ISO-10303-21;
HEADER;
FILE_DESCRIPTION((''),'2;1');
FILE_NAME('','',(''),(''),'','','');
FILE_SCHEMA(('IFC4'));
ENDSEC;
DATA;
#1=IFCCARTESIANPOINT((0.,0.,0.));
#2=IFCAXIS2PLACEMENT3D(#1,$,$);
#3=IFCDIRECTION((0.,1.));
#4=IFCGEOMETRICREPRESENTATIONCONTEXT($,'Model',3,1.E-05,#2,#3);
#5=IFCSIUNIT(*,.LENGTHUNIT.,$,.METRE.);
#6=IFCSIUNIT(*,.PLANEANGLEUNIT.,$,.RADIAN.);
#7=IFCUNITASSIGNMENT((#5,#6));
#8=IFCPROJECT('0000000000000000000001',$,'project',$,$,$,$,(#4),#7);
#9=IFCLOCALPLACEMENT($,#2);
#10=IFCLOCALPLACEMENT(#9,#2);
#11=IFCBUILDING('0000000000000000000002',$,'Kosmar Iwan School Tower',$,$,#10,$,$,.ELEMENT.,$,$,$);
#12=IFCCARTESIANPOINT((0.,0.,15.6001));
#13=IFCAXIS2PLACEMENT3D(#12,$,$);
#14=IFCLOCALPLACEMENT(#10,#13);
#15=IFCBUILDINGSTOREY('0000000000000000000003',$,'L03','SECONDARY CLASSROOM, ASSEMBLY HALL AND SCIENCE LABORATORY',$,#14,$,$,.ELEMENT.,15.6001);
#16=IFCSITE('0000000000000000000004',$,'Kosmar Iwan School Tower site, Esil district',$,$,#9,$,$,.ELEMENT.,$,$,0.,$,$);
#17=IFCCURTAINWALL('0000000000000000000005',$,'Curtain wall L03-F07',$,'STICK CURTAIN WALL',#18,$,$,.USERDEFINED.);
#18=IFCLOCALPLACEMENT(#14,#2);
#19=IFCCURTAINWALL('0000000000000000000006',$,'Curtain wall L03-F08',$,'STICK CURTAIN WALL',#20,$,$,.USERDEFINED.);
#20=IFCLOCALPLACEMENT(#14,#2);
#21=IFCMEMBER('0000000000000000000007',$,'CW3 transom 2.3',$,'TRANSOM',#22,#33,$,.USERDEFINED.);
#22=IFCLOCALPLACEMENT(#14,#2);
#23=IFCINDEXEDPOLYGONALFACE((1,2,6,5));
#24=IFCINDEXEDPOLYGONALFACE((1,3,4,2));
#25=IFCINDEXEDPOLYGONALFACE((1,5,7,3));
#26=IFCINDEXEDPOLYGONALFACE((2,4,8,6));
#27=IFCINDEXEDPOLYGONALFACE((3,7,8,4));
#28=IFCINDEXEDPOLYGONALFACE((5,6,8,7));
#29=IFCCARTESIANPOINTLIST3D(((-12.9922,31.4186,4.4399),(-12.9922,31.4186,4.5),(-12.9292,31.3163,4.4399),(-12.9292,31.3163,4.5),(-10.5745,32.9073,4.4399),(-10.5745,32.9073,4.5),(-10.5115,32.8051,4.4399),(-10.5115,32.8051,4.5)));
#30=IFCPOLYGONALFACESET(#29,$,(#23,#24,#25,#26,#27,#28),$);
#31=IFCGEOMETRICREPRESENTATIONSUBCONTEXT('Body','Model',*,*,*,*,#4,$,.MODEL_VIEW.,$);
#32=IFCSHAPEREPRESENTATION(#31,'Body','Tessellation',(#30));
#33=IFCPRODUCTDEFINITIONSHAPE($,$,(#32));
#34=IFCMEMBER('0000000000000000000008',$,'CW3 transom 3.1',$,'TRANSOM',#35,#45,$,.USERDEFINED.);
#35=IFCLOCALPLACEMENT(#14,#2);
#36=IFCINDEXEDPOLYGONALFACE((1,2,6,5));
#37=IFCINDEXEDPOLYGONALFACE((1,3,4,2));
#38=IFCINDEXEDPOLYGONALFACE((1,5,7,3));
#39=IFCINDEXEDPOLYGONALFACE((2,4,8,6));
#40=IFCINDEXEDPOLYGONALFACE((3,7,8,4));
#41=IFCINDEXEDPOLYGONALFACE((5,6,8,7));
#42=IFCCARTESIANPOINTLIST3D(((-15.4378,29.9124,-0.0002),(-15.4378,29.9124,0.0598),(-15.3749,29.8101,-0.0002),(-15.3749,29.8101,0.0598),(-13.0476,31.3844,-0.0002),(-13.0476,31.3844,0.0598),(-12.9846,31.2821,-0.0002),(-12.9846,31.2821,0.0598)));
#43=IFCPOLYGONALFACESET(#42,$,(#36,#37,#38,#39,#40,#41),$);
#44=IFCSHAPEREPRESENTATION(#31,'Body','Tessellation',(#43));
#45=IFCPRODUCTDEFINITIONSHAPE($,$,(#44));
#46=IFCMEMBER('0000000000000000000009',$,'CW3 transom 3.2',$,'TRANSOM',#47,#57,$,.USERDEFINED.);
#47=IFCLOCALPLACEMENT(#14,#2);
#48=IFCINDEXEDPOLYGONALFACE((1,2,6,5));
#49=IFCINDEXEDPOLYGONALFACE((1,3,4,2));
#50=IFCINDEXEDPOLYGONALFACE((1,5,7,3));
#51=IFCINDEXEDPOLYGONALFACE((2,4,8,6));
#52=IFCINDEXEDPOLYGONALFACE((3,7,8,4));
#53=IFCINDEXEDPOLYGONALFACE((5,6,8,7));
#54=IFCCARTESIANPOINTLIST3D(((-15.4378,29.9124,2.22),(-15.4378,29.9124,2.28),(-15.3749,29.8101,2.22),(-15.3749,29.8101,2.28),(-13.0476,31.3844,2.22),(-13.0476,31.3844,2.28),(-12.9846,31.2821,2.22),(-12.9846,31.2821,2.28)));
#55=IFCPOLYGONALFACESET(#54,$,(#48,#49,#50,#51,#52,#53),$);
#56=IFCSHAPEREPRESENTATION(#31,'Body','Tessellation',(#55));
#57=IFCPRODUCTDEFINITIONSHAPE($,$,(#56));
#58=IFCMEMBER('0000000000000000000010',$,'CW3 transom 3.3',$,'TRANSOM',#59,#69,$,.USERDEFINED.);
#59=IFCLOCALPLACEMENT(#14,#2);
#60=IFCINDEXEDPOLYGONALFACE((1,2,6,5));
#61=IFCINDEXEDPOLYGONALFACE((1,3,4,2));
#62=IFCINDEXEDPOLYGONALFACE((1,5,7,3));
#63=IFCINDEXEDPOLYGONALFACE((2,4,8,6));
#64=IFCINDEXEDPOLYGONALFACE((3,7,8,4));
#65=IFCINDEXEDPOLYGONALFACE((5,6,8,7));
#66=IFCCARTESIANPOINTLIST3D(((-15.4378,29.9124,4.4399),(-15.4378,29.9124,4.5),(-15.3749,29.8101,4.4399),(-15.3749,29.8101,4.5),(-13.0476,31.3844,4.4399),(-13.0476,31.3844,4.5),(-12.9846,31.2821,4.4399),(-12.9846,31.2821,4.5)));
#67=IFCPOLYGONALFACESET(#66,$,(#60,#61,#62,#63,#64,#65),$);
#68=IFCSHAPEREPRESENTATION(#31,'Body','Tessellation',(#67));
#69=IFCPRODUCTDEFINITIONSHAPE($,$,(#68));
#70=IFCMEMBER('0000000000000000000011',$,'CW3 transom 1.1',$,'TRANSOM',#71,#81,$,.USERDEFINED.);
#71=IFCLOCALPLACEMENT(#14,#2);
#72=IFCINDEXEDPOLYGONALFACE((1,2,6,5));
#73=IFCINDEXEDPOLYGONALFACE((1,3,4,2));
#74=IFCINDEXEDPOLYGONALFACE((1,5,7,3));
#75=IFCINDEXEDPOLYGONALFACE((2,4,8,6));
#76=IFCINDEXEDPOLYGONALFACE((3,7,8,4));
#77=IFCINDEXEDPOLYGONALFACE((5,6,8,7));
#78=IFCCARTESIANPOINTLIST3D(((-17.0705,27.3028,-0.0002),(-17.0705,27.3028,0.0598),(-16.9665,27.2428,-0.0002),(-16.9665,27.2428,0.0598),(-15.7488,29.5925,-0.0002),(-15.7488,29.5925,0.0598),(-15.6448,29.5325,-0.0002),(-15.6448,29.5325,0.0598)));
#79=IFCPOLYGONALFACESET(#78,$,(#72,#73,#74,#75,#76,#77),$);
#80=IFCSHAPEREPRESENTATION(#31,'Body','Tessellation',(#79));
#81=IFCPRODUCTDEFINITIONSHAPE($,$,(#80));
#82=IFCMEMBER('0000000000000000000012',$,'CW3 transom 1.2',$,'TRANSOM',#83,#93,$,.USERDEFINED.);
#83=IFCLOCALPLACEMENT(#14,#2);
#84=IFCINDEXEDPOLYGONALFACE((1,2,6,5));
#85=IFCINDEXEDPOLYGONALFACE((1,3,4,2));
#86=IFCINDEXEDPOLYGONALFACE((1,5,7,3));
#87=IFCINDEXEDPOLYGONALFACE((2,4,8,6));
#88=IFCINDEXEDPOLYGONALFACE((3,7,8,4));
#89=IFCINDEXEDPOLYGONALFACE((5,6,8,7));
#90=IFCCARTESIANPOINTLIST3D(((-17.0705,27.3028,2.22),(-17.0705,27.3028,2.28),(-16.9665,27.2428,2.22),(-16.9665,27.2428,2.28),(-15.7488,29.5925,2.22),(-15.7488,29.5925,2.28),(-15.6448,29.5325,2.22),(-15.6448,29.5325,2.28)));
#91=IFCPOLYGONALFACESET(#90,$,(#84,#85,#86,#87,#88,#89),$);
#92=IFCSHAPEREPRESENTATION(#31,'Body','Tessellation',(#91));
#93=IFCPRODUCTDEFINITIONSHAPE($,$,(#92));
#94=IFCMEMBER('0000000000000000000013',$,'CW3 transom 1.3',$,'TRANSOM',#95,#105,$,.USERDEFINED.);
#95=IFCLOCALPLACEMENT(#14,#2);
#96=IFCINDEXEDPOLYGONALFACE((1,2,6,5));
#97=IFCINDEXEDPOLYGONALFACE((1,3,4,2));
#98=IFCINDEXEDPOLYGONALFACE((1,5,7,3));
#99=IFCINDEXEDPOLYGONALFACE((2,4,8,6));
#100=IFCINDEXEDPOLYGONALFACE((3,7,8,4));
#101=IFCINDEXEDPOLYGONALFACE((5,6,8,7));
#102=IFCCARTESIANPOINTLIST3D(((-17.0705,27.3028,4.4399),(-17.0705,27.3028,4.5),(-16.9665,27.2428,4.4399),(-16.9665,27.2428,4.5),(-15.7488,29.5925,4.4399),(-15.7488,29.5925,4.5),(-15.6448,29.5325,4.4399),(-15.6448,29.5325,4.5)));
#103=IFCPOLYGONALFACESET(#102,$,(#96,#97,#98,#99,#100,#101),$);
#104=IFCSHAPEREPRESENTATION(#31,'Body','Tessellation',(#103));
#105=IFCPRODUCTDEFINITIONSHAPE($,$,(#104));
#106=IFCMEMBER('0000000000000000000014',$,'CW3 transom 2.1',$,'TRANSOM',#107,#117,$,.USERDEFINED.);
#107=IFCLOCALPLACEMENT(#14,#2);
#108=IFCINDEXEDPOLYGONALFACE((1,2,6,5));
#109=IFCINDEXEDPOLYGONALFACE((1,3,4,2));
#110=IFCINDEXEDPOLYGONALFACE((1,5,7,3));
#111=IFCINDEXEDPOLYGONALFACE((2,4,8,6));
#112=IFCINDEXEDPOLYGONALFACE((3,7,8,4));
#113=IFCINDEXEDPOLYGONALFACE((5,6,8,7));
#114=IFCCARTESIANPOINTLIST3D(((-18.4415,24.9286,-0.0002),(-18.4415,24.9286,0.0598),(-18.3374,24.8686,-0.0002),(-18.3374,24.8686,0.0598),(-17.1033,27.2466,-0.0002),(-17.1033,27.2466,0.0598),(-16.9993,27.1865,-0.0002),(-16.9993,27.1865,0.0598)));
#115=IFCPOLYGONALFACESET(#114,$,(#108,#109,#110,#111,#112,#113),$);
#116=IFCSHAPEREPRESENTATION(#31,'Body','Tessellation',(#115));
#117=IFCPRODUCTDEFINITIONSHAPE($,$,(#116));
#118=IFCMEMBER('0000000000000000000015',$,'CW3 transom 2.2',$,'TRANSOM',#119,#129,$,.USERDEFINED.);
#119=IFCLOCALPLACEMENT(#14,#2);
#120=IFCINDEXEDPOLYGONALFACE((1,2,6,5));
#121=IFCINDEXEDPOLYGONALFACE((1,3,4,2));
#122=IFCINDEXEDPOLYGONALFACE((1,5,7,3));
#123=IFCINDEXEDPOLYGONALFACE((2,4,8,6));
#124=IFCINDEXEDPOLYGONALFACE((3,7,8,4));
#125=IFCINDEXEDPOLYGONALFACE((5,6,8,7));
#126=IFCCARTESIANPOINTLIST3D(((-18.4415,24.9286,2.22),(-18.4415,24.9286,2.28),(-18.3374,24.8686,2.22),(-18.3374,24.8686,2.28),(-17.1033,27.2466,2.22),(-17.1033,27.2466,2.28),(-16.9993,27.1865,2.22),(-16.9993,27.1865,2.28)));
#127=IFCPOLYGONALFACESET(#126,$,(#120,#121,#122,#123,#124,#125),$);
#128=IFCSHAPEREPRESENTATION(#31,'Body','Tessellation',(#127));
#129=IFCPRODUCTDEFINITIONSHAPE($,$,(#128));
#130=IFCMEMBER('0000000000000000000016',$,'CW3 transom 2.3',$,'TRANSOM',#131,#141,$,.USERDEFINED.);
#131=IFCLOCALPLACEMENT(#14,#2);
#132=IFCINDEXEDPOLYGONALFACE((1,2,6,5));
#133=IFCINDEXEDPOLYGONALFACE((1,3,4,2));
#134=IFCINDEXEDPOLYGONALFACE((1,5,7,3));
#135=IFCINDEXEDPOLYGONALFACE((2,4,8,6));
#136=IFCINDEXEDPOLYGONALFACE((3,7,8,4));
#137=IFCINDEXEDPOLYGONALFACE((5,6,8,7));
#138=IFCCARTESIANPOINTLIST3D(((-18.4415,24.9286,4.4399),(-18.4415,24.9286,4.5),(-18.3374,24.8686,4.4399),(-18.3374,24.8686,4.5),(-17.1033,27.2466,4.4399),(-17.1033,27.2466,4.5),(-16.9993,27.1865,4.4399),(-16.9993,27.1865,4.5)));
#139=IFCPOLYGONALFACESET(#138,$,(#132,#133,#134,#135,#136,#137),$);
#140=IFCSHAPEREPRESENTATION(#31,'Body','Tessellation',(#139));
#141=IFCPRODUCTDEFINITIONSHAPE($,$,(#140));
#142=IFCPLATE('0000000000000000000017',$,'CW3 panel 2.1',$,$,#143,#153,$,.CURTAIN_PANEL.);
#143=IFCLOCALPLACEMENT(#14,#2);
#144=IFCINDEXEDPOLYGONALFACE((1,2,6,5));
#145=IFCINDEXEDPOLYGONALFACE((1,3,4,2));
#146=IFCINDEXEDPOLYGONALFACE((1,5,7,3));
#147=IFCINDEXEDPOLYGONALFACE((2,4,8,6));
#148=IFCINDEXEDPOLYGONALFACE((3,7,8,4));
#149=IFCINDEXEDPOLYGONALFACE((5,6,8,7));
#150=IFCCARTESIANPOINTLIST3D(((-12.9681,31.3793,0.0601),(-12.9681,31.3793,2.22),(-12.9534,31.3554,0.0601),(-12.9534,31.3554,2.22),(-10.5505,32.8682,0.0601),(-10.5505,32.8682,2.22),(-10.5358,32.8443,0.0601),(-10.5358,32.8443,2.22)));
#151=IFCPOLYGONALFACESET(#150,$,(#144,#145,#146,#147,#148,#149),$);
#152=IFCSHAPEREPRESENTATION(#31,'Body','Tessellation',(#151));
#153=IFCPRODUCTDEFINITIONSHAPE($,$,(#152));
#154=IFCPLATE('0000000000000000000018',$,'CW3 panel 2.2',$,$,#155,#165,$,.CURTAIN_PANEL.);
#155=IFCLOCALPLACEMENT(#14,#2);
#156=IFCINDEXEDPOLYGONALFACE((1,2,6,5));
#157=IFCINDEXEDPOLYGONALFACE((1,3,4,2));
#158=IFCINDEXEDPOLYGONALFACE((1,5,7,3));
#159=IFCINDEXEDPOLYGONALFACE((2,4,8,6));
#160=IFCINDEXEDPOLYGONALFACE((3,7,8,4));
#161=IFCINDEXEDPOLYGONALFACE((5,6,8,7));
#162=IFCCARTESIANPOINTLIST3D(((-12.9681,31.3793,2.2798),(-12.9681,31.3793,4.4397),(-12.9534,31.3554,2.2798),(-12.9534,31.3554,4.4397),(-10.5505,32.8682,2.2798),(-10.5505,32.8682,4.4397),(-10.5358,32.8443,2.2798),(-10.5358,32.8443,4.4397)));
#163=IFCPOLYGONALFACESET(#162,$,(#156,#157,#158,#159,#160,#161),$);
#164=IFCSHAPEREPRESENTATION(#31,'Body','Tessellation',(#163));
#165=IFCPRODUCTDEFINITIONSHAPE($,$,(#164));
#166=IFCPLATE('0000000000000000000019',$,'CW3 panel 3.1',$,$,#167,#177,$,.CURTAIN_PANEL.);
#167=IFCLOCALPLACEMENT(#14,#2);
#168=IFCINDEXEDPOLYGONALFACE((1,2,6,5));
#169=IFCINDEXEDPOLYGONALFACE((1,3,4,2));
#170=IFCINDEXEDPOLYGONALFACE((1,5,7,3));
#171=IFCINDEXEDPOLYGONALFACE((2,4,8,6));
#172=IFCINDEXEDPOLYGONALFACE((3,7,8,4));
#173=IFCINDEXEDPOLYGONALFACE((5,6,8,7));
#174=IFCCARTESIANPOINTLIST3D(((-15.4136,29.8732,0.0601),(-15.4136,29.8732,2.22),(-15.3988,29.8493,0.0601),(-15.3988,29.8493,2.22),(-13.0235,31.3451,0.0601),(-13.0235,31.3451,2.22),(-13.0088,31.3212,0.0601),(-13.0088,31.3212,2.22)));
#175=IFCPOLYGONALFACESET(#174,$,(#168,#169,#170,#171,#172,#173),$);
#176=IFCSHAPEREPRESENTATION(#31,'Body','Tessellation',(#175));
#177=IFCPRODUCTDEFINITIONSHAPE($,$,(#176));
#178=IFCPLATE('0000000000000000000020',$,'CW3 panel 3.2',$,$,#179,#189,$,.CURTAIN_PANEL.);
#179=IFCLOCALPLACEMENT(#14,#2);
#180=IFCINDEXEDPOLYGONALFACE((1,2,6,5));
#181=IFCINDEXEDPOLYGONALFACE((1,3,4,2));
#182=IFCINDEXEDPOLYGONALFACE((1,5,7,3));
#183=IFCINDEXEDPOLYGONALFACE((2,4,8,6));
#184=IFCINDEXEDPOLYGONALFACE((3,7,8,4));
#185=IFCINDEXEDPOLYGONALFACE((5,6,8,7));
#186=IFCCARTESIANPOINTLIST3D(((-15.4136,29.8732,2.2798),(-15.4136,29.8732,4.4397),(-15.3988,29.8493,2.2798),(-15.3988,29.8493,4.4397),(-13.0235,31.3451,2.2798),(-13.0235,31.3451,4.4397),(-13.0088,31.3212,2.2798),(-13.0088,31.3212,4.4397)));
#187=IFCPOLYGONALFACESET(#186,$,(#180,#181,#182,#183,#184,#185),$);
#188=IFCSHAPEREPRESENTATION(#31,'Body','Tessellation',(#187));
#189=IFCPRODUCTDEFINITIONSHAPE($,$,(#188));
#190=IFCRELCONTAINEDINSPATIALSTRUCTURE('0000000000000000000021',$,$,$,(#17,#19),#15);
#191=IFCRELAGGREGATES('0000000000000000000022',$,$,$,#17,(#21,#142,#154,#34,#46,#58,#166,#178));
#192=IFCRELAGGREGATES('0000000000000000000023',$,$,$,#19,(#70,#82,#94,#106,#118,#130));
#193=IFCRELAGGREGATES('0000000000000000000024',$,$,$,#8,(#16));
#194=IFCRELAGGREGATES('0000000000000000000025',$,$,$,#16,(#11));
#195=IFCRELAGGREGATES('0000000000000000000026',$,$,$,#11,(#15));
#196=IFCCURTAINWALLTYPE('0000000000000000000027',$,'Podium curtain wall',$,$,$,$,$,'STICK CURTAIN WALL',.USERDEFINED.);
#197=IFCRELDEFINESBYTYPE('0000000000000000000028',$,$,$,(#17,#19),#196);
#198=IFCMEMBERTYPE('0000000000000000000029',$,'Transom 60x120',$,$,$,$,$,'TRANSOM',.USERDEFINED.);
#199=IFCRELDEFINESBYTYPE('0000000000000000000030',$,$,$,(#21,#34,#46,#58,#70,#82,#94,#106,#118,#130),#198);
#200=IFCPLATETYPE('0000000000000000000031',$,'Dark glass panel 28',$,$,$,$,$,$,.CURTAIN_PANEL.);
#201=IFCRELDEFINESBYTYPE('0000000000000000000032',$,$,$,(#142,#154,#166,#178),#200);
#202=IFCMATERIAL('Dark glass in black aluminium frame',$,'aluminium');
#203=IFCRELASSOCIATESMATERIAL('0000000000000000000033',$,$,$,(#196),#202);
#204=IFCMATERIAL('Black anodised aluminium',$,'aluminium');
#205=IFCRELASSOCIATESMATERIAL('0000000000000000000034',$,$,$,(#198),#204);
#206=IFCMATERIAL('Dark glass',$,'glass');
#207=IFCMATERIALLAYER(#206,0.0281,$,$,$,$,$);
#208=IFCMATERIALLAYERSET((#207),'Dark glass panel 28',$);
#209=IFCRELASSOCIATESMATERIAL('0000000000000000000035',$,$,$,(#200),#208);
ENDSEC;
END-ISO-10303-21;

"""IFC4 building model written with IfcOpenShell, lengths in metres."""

from ifc_helpers import new_model, si_unit, direction, frame, origin, origin_2d, place, context, subcontext, project, spatial, rectangle, extrude, material, layer, layer_set, material_profile, profile_set, type_object, element, aggregate, save


model = new_model("IFC4")

# Units and contexts
model_context = context("Model", 3, precision=1e-05, world=origin(), true_north=direction((0.0, 1.0)))
body_context = subcontext(model_context, "Body", "Model", "MODEL_VIEW")
ifc_project = project(units=[si_unit("LENGTHUNIT", "METRE"), si_unit("PLANEANGLEUNIT", "RADIAN")], contexts=[model_context])

# Site, building, storey
site_placement = place(None, origin())
site = spatial("IfcSite", under=ifc_project, at=site_placement, Name="Kosmar Iwan School Tower site, Esil district", CompositionType="ELEMENT", RefElevation=0.0)
building_placement = place(site_placement, origin())
building = spatial("IfcBuilding", under=site, at=building_placement, Name="Kosmar Iwan School Tower", CompositionType="ELEMENT")
storey_placement = place(building_placement, frame((0.0, 0.0, 15.6001)))
storey = spatial("IfcBuildingStorey", under=building, at=storey_placement, Name="L03", Description="SECONDARY CLASSROOM, ASSEMBLY HALL AND SCIENCE LABORATORY", CompositionType="ELEMENT", Elevation=15.6001)

# Curtain walls
ifc_material_1 = material(Name="Dark glass in black aluminium frame", Category="aluminium")
curtain_wall_type = type_object("IfcCurtainWallType", Name="Podium curtain wall", ElementType="STICK CURTAIN WALL", PredefinedType="USERDEFINED", material=ifc_material_1)
curtain_wall_1_placement = place(storey_placement, origin())
curtain_wall_1 = element("IfcCurtainWall", 1, at=curtain_wall_1_placement, inside=storey, type_object=curtain_wall_type, Name="Curtain wall L03-F07", ObjectType="STICK CURTAIN WALL", PredefinedType="USERDEFINED")
curtain_wall_2_placement = place(storey_placement, origin())
curtain_wall_2 = element("IfcCurtainWall", 2, at=curtain_wall_2_placement, inside=storey, type_object=curtain_wall_type, Name="Curtain wall L03-F08", ObjectType="STICK CURTAIN WALL", PredefinedType="USERDEFINED")

# Members
ifc_material_2 = material(Name="Black anodised aluminium", Category="aluminium")
ifc_material_profile_1 = material_profile(ifc_material_2, rectangle(XDim=0.1201, YDim=0.0601, at=origin_2d()), Name="TRANSOM 60x120")
ifc_profile_set_1 = profile_set([ifc_material_profile_1], Name="Black anodised aluminium")
member_type_1 = type_object("IfcMemberType", Name="Transom 60x120", ElementType="TRANSOM", PredefinedType="USERDEFINED", material=ifc_profile_set_1)
member_1_placement = place(storey_placement, frame((-10.543, 32.8562, 4.47), z_axis=(-0.851511, -0.524337, 0.0), x_axis=(0.524337, -0.851511, 0.0)))
member_1 = element("IfcMember", 3, at=member_1_placement, type_object=member_type_1, Name="CW3 transom 2.3", ObjectType="TRANSOM", PredefinedType="USERDEFINED", context=body_context, shape_type="SweptSolid", body=[
    extrude(rectangle(XDim=0.1201, YDim=0.0601, at=origin_2d()), origin(), (0.0, 0.0, 1.0), 2.8394),
])
member_2_placement = place(storey_placement, frame((-13.0161, 31.3333, 0.0298), z_axis=(-0.851488, -0.524374, 0.0), x_axis=(0.524374, -0.851488, 0.0)))
member_2 = element("IfcMember", 4, at=member_2_placement, type_object=member_type_1, Name="CW3 transom 3.1", ObjectType="TRANSOM", PredefinedType="USERDEFINED", context=body_context, shape_type="SweptSolid", body=[
    extrude(rectangle(XDim=0.1201, YDim=0.0601, at=origin_2d()), origin(), (0.0, 0.0, 1.0), 2.8071),
])
member_3_placement = place(storey_placement, frame((-13.0161, 31.3333, 2.25), z_axis=(-0.851488, -0.524374, 0.0), x_axis=(0.524374, -0.851488, 0.0)))
member_3 = element("IfcMember", 5, at=member_3_placement, type_object=member_type_1, Name="CW3 transom 3.2", ObjectType="TRANSOM", PredefinedType="USERDEFINED", context=body_context, shape_type="SweptSolid", body=[
    extrude(rectangle(XDim=0.1201, YDim=0.0601, at=origin_2d()), origin(), (0.0, 0.0, 1.0), 2.8071),
])
member_4_placement = place(storey_placement, frame((-13.0161, 31.3333, 4.47), z_axis=(-0.851488, -0.524374, 0.0), x_axis=(0.524374, -0.851488, 0.0)))
member_4 = element("IfcMember", 6, at=member_4_placement, type_object=member_type_1, Name="CW3 transom 3.3", ObjectType="TRANSOM", PredefinedType="USERDEFINED", context=body_context, shape_type="SweptSolid", body=[
    extrude(rectangle(XDim=0.1201, YDim=0.0601, at=origin_2d()), origin(), (0.0, 0.0, 1.0), 2.8071),
])
member_5_placement = place(storey_placement, frame((-15.6968, 29.5625, 0.0298), z_axis=(-0.499933, -0.866064, 0.0), x_axis=(0.866064, -0.499933, 0.0)))
member_5 = element("IfcMember", 7, at=member_5_placement, type_object=member_type_1, Name="CW3 transom 1.1", ObjectType="TRANSOM", PredefinedType="USERDEFINED", context=body_context, shape_type="SweptSolid", body=[
    extrude(rectangle(XDim=0.1201, YDim=0.0601, at=origin_2d()), origin(), (0.0, 0.0, 1.0), 2.6438),
])
member_6_placement = place(storey_placement, frame((-15.6968, 29.5625, 2.25), z_axis=(-0.499933, -0.866064, 0.0), x_axis=(0.866064, -0.499933, 0.0)))
member_6 = element("IfcMember", 8, at=member_6_placement, type_object=member_type_1, Name="CW3 transom 1.2", ObjectType="TRANSOM", PredefinedType="USERDEFINED", context=body_context, shape_type="SweptSolid", body=[
    extrude(rectangle(XDim=0.1201, YDim=0.0601, at=origin_2d()), origin(), (0.0, 0.0, 1.0), 2.6438),
])
member_7_placement = place(storey_placement, frame((-15.6968, 29.5625, 4.47), z_axis=(-0.499933, -0.866064, 0.0), x_axis=(0.866064, -0.499933, 0.0)))
member_7 = element("IfcMember", 9, at=member_7_placement, type_object=member_type_1, Name="CW3 transom 1.3", ObjectType="TRANSOM", PredefinedType="USERDEFINED", context=body_context, shape_type="SweptSolid", body=[
    extrude(rectangle(XDim=0.1201, YDim=0.0601, at=origin_2d()), origin(), (0.0, 0.0, 1.0), 2.6438),
])
member_8_placement = place(storey_placement, frame((-17.0513, 27.2166, 0.0298), z_axis=(-0.499975, -0.86604, 0.0), x_axis=(0.86604, -0.499975, 0.0)))
member_8 = element("IfcMember", 10, at=member_8_placement, type_object=member_type_1, Name="CW3 transom 2.1", ObjectType="TRANSOM", PredefinedType="USERDEFINED", context=body_context, shape_type="SweptSolid", body=[
    extrude(rectangle(XDim=0.1201, YDim=0.0601, at=origin_2d()), origin(), (0.0, 0.0, 1.0), 2.6765),
])
member_9_placement = place(storey_placement, frame((-17.0513, 27.2166, 2.25), z_axis=(-0.499975, -0.86604, 0.0), x_axis=(0.86604, -0.499975, 0.0)))
member_9 = element("IfcMember", 11, at=member_9_placement, type_object=member_type_1, Name="CW3 transom 2.2", ObjectType="TRANSOM", PredefinedType="USERDEFINED", context=body_context, shape_type="SweptSolid", body=[
    extrude(rectangle(XDim=0.1201, YDim=0.0601, at=origin_2d()), origin(), (0.0, 0.0, 1.0), 2.6765),
])
member_10_placement = place(storey_placement, frame((-17.0513, 27.2166, 4.47), z_axis=(-0.499975, -0.86604, 0.0), x_axis=(0.86604, -0.499975, 0.0)))
member_10 = element("IfcMember", 12, at=member_10_placement, type_object=member_type_1, Name="CW3 transom 2.3", ObjectType="TRANSOM", PredefinedType="USERDEFINED", context=body_context, shape_type="SweptSolid", body=[
    extrude(rectangle(XDim=0.1201, YDim=0.0601, at=origin_2d()), origin(), (0.0, 0.0, 1.0), 2.6765),
])

# Plates
ifc_material_3 = material(Name="Dark glass", Category="glass")
ifc_layer_1 = layer(ifc_material_3, 0.0281)
ifc_layer_set_1 = layer_set([ifc_layer_1], Name="Dark glass panel 28")
plate_type = type_object("IfcPlateType", Name="Dark glass panel 28", PredefinedType="CURTAIN_PANEL", material=ifc_layer_set_1)
plate_1_placement = place(storey_placement, frame((-11.752, 32.1118, 0.0601), z_axis=(0.0, 0.0, 1.0), x_axis=(-0.851483, -0.524382, 0.0)))
plate_1 = element("IfcPlate", 13, at=plate_1_placement, type_object=plate_type, Name="CW3 panel 2.1", PredefinedType="CURTAIN_PANEL", context=body_context, shape_type="SweptSolid", body=[
    extrude(rectangle(XDim=2.8394, YDim=0.0281, at=origin_2d()), origin(), (0.0, 0.0, 1.0), 2.1599),
])
plate_2_placement = place(storey_placement, frame((-11.752, 32.1118, 2.2798), z_axis=(0.0, 0.0, 1.0), x_axis=(-0.851483, -0.524382, 0.0)))
plate_2 = element("IfcPlate", 14, at=plate_2_placement, type_object=plate_type, Name="CW3 panel 2.2", PredefinedType="CURTAIN_PANEL", context=body_context, shape_type="SweptSolid", body=[
    extrude(rectangle(XDim=2.8394, YDim=0.0281, at=origin_2d()), origin(), (0.0, 0.0, 1.0), 2.1599),
])
plate_3_placement = place(storey_placement, frame((-14.2112, 30.5972, 0.0601), z_axis=(0.0, 0.0, 1.0), x_axis=(-0.851483, -0.524382, 0.0)))
plate_3 = element("IfcPlate", 15, at=plate_3_placement, type_object=plate_type, Name="CW3 panel 3.1", PredefinedType="CURTAIN_PANEL", context=body_context, shape_type="SweptSolid", body=[
    extrude(rectangle(XDim=2.8069, YDim=0.0281, at=origin_2d()), origin(), (0.0, 0.0, 1.0), 2.1599),
])
plate_4_placement = place(storey_placement, frame((-14.2112, 30.5972, 2.2798), z_axis=(0.0, 0.0, 1.0), x_axis=(-0.851483, -0.524382, 0.0)))
plate_4 = element("IfcPlate", 16, at=plate_4_placement, type_object=plate_type, Name="CW3 panel 3.2", PredefinedType="CURTAIN_PANEL", context=body_context, shape_type="SweptSolid", body=[
    extrude(rectangle(XDim=2.8069, YDim=0.0281, at=origin_2d()), origin(), (0.0, 0.0, 1.0), 2.1599),
])
aggregate(curtain_wall_1, [member_1, plate_1, plate_2, member_2, member_3, member_4, plate_3, plate_4])
aggregate(curtain_wall_2, [member_5, member_6, member_7, member_8, member_9, member_10])

save(model, "model.ifc")
